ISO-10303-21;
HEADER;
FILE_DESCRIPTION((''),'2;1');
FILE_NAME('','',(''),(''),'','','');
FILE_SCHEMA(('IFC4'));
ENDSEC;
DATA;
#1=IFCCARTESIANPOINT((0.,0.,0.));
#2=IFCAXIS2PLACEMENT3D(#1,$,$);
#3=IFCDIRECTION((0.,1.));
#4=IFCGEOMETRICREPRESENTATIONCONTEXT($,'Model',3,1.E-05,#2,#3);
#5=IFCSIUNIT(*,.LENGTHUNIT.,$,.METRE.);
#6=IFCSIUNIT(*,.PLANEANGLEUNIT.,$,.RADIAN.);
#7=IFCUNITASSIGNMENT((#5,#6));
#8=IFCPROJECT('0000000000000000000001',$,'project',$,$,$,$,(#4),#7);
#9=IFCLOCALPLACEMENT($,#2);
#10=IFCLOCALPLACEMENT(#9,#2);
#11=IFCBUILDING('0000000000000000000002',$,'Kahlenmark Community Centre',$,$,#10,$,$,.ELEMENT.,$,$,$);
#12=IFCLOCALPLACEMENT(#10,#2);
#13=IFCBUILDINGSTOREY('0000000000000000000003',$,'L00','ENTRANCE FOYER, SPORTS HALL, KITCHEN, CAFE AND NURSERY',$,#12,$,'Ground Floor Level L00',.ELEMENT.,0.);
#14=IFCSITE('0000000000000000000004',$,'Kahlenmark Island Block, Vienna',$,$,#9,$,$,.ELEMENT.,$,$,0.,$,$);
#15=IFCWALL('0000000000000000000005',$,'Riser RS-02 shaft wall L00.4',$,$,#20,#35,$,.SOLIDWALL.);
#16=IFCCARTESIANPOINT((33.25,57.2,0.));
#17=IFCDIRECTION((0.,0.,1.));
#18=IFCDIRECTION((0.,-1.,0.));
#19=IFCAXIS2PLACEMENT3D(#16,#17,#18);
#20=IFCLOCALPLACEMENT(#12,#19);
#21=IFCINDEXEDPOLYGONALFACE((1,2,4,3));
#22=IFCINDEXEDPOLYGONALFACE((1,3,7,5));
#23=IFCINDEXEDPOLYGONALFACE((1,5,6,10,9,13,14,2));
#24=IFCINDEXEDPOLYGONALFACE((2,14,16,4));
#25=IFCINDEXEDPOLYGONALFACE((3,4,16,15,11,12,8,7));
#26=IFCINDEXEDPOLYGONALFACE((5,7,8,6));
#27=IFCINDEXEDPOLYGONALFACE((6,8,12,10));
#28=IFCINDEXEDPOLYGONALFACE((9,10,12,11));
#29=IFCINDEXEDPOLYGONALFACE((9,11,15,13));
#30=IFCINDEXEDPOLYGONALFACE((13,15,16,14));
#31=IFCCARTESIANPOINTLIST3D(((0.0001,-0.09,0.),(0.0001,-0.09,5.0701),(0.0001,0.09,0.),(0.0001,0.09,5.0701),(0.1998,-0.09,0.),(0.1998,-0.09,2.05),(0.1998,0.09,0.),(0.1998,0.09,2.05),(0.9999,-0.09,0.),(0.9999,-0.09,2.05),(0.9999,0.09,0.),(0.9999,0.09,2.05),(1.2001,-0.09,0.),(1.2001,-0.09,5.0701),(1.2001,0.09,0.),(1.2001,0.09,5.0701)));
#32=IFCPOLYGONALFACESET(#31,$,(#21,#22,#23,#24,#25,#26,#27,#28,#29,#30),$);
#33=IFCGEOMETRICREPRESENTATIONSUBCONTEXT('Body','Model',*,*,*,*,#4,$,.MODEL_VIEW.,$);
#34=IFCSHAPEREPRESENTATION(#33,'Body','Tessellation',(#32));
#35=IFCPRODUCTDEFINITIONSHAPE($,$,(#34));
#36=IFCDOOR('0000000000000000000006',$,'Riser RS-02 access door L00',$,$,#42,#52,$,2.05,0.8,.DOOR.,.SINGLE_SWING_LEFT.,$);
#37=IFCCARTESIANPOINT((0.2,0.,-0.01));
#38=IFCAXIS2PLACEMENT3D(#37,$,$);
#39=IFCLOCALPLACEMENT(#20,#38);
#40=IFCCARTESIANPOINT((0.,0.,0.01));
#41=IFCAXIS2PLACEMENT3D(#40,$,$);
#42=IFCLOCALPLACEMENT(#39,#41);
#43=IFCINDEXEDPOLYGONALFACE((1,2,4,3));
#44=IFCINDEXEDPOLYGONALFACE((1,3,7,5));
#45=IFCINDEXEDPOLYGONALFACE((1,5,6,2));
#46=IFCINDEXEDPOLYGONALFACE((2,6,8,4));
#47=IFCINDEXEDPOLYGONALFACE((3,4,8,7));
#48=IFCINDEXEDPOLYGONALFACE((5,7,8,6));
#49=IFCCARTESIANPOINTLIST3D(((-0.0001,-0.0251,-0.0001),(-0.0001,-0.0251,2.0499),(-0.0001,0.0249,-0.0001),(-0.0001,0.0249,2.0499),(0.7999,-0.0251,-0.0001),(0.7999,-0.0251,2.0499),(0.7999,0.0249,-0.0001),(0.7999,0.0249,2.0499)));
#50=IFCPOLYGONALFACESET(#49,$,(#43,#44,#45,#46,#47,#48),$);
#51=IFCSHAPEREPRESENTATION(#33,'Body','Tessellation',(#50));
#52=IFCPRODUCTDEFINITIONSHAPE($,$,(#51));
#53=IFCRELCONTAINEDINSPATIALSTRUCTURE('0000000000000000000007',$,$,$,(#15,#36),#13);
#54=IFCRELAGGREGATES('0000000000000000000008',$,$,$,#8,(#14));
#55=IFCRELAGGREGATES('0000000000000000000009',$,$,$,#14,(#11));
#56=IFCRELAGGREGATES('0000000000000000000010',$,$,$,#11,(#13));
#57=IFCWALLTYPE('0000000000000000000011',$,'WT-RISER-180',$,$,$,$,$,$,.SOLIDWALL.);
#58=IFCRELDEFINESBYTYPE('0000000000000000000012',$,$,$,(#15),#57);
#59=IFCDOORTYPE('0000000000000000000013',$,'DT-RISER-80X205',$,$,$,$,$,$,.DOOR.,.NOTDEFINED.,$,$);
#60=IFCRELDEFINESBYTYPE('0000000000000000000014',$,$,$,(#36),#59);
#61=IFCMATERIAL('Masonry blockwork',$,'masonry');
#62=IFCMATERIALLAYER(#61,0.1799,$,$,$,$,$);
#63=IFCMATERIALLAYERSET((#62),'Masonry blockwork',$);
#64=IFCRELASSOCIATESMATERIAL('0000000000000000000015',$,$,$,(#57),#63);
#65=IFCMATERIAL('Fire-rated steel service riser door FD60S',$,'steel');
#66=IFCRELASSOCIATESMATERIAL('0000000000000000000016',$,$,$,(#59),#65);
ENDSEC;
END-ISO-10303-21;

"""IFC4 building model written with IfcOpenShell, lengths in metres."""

from ifc_helpers import new_model, si_unit, direction, frame, frame_2d, origin, place, context, subcontext, project, spatial, rectangle, extrude, material, layer, layer_set, type_object, element, fill, save


model = new_model("IFC4")

# Units and contexts
model_context = context("Model", 3, precision=1e-05, world=origin(), true_north=direction((0.0, 1.0)))
body_context = subcontext(model_context, "Body", "Model", "MODEL_VIEW")
ifc_project = project(units=[si_unit("LENGTHUNIT", "METRE"), si_unit("PLANEANGLEUNIT", "RADIAN")], contexts=[model_context])

# Site, building, storey
site_placement = place(None, origin())
site = spatial("IfcSite", under=ifc_project, at=site_placement, Name="Kahlenmark Island Block, Vienna", CompositionType="ELEMENT", RefElevation=0.0)
building_placement = place(site_placement, origin())
building = spatial("IfcBuilding", under=site, at=building_placement, Name="Kahlenmark Community Centre", CompositionType="ELEMENT")
storey_placement = place(building_placement, origin())
storey = spatial("IfcBuildingStorey", under=building, at=storey_placement, Name="L00", Description="ENTRANCE FOYER, SPORTS HALL, KITCHEN, CAFE AND NURSERY", LongName="Ground Floor Level L00", CompositionType="ELEMENT", Elevation=0.0)

# Shared definitions
ifc_material_1 = material(Name="Masonry blockwork", Category="masonry")
ifc_layer_1 = layer(ifc_material_1, 0.1799)
ifc_layer_set_1 = layer_set([ifc_layer_1], Name="Masonry blockwork")
wall_type_1 = type_object("IfcWallType", Name="WT-RISER-180", PredefinedType="SOLIDWALL", material=ifc_layer_set_1)

# Wall, opening, door
wall_1_placement = place(storey_placement, frame((33.25, 57.2, 0.0), z_axis=(0.0, 0.0, 1.0), x_axis=(0.0, -1.0, 0.0)))
wall_1 = element("IfcWall", 1, at=wall_1_placement, inside=storey, type_object=wall_type_1, Name="Riser RS-02 shaft wall L00.4", PredefinedType="SOLIDWALL", context=body_context, shape_type="SweptSolid", body=[
    extrude(rectangle(XDim=1.2, YDim=0.1799, at=frame_2d((0.6001, 0.0))), origin(), (0.0, 0.0, 1.0), 5.0701),
])
opening_1_placement = place(wall_1_placement, frame((0.2, 0.0, -0.01)))
opening_1 = element("IfcOpeningElement", 2, at=opening_1_placement, cuts=wall_1, PredefinedType="OPENING", context=body_context, shape_type="SweptSolid", body=[
    extrude(rectangle(XDim=0.8, YDim=2.0601, at=frame_2d((0.3999, 1.03))), frame((0.0, 0.0999, 0.0), z_axis=(0.0, -1.0, 0.0), x_axis=(1.0, 0.0, 0.0)), (0.0, 0.0, 1.0), 0.2),
])
ifc_material_2 = material(Name="Fire-rated steel service riser door FD60S", Category="steel")
door_type_1 = type_object("IfcDoorType", Name="DT-RISER-80X205", OperationType="NOTDEFINED", PredefinedType="DOOR", material=ifc_material_2)
door_1_placement = place(opening_1_placement, frame((0.0, 0.0, 0.01)))
door_1 = element("IfcDoor", 3, at=door_1_placement, inside=storey, type_object=door_type_1, Name="Riser RS-02 access door L00", OperationType="SINGLE_SWING_LEFT", OverallHeight=2.05, OverallWidth=0.8, PredefinedType="DOOR", context=body_context, shape_type="SweptSolid", body=[
    extrude(rectangle(XDim=0.8, YDim=2.05, at=frame_2d((0.3999, 1.0249))), frame((0.0, 0.0249, 0.0), z_axis=(0.0, -1.0, 0.0), x_axis=(1.0, 0.0, 0.0)), (0.0, 0.0, 1.0), 0.05),
])
fill(opening_1, door_1)

save(model, "model.ifc")
